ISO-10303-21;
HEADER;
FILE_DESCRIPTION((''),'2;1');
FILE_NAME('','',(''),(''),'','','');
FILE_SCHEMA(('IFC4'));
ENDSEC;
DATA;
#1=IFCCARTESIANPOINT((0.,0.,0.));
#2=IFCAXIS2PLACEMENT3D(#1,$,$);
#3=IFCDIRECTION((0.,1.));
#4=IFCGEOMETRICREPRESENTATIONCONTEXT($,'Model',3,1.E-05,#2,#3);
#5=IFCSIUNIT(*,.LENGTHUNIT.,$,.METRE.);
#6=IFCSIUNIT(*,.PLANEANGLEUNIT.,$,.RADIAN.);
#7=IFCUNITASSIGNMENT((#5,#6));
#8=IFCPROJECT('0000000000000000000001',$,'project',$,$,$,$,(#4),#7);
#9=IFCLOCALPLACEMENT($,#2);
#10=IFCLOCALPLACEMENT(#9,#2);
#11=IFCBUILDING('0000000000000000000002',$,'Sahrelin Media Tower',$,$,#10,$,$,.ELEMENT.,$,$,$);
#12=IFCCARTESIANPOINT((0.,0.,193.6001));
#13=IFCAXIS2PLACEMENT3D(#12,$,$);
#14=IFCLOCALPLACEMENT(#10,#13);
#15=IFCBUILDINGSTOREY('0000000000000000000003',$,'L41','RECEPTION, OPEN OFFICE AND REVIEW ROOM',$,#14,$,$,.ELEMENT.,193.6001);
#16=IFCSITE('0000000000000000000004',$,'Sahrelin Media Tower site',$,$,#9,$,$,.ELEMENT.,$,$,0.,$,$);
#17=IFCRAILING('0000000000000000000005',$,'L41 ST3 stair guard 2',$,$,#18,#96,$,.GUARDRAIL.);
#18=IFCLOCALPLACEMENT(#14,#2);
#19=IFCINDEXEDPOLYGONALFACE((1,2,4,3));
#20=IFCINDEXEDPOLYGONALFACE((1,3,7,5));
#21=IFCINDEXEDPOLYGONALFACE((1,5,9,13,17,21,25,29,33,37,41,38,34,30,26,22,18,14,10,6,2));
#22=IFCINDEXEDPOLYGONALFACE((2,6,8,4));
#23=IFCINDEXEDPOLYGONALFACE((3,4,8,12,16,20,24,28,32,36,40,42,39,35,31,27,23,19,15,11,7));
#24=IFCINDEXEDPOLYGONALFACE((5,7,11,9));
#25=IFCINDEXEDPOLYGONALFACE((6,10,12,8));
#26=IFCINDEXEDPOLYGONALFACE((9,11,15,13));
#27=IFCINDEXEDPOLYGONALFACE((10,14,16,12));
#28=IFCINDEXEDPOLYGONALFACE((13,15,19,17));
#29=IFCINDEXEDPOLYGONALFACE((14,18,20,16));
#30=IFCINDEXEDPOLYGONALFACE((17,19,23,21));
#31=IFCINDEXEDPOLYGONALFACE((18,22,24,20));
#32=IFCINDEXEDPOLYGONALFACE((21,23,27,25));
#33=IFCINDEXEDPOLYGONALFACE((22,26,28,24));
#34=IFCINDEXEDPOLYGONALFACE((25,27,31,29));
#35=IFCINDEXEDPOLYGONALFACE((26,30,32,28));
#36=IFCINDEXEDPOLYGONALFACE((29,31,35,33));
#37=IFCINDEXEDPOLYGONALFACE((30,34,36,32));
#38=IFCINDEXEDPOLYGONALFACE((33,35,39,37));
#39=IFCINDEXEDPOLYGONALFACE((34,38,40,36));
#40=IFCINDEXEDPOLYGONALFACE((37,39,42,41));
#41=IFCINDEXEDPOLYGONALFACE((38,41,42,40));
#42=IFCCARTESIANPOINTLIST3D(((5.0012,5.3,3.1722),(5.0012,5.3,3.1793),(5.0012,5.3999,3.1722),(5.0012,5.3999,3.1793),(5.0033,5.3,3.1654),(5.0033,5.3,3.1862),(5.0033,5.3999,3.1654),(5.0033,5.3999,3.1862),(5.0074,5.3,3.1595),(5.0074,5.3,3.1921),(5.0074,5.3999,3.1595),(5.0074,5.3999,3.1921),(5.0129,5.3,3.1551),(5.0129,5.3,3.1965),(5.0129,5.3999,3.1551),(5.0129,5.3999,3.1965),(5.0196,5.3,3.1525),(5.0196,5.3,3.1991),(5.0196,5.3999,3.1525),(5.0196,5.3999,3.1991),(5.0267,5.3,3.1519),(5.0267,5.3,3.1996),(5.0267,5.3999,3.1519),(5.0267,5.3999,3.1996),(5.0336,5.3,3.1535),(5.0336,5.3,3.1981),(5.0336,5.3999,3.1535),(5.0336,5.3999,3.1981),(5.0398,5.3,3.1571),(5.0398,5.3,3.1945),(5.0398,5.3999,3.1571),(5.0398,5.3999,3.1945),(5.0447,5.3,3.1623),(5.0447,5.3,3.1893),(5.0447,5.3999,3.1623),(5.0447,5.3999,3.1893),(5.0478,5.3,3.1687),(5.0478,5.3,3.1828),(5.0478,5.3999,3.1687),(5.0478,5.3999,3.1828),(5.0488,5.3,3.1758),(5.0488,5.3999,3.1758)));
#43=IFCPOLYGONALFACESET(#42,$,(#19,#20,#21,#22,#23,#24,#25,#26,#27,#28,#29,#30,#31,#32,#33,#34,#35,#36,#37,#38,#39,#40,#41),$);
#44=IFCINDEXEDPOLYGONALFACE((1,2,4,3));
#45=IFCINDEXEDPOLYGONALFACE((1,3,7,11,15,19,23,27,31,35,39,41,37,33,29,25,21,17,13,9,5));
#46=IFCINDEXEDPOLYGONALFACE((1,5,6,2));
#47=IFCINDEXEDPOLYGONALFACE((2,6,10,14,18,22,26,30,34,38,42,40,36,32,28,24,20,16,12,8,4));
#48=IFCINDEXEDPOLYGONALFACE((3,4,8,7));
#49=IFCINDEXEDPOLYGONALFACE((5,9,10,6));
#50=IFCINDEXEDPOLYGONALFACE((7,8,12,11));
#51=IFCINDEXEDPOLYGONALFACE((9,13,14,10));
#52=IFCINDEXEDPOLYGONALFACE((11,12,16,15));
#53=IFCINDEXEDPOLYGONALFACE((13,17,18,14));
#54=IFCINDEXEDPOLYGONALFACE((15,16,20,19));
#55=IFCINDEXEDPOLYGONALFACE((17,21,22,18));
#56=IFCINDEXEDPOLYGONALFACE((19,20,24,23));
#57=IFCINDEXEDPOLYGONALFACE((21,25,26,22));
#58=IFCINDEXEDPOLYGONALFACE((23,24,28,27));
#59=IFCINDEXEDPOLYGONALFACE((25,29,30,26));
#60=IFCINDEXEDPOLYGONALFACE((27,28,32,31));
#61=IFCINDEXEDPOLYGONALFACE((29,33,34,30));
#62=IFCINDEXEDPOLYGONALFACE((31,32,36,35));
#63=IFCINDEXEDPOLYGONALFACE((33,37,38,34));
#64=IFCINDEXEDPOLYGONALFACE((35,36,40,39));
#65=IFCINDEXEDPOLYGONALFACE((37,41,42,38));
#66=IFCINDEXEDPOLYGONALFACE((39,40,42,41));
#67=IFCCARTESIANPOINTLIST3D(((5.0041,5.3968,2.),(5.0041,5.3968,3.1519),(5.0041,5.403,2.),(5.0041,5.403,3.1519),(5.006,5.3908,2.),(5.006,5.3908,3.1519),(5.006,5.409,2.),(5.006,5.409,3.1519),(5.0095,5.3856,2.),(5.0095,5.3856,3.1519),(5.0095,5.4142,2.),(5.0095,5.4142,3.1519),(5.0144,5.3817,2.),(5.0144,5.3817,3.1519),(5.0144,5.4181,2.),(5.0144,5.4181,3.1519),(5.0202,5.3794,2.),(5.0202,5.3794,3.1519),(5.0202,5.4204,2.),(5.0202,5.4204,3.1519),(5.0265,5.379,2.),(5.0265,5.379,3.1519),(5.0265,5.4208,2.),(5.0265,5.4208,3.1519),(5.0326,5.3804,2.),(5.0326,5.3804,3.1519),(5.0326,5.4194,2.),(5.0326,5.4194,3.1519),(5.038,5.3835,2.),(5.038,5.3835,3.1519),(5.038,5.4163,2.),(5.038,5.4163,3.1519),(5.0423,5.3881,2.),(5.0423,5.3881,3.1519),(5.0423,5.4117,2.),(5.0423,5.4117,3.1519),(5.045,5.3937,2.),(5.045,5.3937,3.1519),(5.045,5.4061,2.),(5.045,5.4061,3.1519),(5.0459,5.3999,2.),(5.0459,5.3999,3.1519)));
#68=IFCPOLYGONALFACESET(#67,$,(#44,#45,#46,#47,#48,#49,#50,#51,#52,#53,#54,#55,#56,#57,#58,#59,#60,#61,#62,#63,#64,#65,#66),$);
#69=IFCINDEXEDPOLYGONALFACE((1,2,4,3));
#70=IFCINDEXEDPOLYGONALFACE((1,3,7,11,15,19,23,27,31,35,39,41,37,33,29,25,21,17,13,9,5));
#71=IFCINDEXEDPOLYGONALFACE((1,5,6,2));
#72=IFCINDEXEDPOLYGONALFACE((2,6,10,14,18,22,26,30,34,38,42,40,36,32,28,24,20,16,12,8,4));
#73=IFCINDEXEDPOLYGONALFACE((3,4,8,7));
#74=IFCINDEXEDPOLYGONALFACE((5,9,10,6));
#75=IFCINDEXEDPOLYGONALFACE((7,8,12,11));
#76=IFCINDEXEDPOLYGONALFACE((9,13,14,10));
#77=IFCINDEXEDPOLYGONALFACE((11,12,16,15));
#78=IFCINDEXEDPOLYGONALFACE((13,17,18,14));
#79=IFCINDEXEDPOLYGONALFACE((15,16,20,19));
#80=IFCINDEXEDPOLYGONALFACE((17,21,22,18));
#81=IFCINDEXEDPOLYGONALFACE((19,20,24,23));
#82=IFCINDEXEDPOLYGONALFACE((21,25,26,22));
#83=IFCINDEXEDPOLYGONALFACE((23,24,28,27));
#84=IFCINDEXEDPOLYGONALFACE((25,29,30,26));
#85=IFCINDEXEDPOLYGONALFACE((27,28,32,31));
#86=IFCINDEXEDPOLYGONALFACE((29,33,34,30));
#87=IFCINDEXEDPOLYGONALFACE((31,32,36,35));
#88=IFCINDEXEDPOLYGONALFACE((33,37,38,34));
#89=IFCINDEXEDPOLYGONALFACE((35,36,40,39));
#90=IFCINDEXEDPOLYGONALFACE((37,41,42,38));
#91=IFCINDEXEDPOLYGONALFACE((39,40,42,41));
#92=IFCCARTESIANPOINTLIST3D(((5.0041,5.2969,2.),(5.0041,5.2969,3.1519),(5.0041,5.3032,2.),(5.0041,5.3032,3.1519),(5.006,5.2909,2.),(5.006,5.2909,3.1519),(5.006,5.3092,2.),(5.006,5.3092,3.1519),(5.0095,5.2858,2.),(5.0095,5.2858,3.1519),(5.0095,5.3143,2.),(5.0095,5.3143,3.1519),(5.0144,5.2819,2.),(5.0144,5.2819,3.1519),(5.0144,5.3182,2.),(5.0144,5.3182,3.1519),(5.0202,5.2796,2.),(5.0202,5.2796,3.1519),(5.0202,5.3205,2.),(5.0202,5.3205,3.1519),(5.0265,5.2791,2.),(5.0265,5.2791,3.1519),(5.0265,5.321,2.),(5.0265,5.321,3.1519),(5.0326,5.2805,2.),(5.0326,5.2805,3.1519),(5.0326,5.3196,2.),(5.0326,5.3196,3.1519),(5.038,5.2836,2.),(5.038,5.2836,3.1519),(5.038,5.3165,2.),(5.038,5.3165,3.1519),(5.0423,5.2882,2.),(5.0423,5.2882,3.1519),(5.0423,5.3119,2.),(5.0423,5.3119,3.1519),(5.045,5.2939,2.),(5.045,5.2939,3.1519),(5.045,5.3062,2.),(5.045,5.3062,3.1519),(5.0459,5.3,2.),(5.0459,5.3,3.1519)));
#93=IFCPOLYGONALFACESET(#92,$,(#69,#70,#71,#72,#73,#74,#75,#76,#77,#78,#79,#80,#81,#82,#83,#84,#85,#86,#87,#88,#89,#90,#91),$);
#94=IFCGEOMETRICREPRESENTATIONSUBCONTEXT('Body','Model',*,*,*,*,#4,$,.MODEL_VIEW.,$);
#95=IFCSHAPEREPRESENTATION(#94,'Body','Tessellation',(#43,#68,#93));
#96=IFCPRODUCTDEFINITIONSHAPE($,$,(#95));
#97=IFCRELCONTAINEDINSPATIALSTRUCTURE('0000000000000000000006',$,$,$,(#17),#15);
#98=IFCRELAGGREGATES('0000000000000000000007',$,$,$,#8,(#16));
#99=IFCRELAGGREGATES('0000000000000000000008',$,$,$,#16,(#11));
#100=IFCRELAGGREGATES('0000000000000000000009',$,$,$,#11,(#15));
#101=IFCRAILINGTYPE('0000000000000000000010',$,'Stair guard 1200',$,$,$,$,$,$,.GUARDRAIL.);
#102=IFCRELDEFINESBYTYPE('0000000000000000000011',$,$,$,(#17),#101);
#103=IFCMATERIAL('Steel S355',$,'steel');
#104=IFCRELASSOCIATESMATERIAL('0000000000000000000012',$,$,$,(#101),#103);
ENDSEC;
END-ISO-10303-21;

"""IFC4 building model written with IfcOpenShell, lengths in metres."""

from ifc_helpers import new_model, si_unit, direction, frame, origin, origin_2d, place, context, subcontext, project, spatial, circle, extrude, material, type_object, element, save


model = new_model("IFC4")

# Units and contexts
model_context = context("Model", 3, precision=1e-05, world=origin(), true_north=direction((0.0, 1.0)))
body_context = subcontext(model_context, "Body", "Model", "MODEL_VIEW")
ifc_project = project(units=[si_unit("LENGTHUNIT", "METRE"), si_unit("PLANEANGLEUNIT", "RADIAN")], contexts=[model_context])

# Site, building, storey
site_placement = place(None, origin())
site = spatial("IfcSite", under=ifc_project, at=site_placement, Name="Sahrelin Media Tower site", CompositionType="ELEMENT", RefElevation=0.0)
building_placement = place(site_placement, origin())
building = spatial("IfcBuilding", under=site, at=building_placement, Name="Sahrelin Media Tower", CompositionType="ELEMENT")
storey_placement = place(building_placement, frame((0.0, 0.0, 193.6001)))
storey = spatial("IfcBuildingStorey", under=building, at=storey_placement, Name="L41", Description="RECEPTION, OPEN OFFICE AND REVIEW ROOM", CompositionType="ELEMENT", Elevation=193.6001)

# Shared definitions
ifc_material_1 = material(Name="Steel S355", Category="steel")

# Railing
railing_type_1 = type_object("IfcRailingType", Name="Stair guard 1200", PredefinedType="GUARDRAIL", material=ifc_material_1)
railing_1_placement = place(storey_placement, frame((5.0249, 5.3999, 2.0)))
element("IfcRailing", 1, at=railing_1_placement, inside=storey, type_object=railing_type_1, Name="L41 ST3 stair guard 2", PredefinedType="GUARDRAIL", context=body_context, shape_type="SweptSolid", body=[
    extrude(circle(Radius=0.0239, at=origin_2d()), frame((0.0, 0.0, 1.1758), z_axis=(0.0, -1.0, 0.0), x_axis=(1.0, 0.0, 0.0)), (0.0, 0.0, 1.0), 0.0999),
    extrude(circle(Radius=0.021, at=origin_2d()), origin(), (0.0, 0.0, 1.0), 1.1519),
    extrude(circle(Radius=0.021, at=origin_2d()), frame((0.0, -0.0999, 0.0)), (0.0, 0.0, 1.0), 1.1519),
])

save(model, "model.ifc")
